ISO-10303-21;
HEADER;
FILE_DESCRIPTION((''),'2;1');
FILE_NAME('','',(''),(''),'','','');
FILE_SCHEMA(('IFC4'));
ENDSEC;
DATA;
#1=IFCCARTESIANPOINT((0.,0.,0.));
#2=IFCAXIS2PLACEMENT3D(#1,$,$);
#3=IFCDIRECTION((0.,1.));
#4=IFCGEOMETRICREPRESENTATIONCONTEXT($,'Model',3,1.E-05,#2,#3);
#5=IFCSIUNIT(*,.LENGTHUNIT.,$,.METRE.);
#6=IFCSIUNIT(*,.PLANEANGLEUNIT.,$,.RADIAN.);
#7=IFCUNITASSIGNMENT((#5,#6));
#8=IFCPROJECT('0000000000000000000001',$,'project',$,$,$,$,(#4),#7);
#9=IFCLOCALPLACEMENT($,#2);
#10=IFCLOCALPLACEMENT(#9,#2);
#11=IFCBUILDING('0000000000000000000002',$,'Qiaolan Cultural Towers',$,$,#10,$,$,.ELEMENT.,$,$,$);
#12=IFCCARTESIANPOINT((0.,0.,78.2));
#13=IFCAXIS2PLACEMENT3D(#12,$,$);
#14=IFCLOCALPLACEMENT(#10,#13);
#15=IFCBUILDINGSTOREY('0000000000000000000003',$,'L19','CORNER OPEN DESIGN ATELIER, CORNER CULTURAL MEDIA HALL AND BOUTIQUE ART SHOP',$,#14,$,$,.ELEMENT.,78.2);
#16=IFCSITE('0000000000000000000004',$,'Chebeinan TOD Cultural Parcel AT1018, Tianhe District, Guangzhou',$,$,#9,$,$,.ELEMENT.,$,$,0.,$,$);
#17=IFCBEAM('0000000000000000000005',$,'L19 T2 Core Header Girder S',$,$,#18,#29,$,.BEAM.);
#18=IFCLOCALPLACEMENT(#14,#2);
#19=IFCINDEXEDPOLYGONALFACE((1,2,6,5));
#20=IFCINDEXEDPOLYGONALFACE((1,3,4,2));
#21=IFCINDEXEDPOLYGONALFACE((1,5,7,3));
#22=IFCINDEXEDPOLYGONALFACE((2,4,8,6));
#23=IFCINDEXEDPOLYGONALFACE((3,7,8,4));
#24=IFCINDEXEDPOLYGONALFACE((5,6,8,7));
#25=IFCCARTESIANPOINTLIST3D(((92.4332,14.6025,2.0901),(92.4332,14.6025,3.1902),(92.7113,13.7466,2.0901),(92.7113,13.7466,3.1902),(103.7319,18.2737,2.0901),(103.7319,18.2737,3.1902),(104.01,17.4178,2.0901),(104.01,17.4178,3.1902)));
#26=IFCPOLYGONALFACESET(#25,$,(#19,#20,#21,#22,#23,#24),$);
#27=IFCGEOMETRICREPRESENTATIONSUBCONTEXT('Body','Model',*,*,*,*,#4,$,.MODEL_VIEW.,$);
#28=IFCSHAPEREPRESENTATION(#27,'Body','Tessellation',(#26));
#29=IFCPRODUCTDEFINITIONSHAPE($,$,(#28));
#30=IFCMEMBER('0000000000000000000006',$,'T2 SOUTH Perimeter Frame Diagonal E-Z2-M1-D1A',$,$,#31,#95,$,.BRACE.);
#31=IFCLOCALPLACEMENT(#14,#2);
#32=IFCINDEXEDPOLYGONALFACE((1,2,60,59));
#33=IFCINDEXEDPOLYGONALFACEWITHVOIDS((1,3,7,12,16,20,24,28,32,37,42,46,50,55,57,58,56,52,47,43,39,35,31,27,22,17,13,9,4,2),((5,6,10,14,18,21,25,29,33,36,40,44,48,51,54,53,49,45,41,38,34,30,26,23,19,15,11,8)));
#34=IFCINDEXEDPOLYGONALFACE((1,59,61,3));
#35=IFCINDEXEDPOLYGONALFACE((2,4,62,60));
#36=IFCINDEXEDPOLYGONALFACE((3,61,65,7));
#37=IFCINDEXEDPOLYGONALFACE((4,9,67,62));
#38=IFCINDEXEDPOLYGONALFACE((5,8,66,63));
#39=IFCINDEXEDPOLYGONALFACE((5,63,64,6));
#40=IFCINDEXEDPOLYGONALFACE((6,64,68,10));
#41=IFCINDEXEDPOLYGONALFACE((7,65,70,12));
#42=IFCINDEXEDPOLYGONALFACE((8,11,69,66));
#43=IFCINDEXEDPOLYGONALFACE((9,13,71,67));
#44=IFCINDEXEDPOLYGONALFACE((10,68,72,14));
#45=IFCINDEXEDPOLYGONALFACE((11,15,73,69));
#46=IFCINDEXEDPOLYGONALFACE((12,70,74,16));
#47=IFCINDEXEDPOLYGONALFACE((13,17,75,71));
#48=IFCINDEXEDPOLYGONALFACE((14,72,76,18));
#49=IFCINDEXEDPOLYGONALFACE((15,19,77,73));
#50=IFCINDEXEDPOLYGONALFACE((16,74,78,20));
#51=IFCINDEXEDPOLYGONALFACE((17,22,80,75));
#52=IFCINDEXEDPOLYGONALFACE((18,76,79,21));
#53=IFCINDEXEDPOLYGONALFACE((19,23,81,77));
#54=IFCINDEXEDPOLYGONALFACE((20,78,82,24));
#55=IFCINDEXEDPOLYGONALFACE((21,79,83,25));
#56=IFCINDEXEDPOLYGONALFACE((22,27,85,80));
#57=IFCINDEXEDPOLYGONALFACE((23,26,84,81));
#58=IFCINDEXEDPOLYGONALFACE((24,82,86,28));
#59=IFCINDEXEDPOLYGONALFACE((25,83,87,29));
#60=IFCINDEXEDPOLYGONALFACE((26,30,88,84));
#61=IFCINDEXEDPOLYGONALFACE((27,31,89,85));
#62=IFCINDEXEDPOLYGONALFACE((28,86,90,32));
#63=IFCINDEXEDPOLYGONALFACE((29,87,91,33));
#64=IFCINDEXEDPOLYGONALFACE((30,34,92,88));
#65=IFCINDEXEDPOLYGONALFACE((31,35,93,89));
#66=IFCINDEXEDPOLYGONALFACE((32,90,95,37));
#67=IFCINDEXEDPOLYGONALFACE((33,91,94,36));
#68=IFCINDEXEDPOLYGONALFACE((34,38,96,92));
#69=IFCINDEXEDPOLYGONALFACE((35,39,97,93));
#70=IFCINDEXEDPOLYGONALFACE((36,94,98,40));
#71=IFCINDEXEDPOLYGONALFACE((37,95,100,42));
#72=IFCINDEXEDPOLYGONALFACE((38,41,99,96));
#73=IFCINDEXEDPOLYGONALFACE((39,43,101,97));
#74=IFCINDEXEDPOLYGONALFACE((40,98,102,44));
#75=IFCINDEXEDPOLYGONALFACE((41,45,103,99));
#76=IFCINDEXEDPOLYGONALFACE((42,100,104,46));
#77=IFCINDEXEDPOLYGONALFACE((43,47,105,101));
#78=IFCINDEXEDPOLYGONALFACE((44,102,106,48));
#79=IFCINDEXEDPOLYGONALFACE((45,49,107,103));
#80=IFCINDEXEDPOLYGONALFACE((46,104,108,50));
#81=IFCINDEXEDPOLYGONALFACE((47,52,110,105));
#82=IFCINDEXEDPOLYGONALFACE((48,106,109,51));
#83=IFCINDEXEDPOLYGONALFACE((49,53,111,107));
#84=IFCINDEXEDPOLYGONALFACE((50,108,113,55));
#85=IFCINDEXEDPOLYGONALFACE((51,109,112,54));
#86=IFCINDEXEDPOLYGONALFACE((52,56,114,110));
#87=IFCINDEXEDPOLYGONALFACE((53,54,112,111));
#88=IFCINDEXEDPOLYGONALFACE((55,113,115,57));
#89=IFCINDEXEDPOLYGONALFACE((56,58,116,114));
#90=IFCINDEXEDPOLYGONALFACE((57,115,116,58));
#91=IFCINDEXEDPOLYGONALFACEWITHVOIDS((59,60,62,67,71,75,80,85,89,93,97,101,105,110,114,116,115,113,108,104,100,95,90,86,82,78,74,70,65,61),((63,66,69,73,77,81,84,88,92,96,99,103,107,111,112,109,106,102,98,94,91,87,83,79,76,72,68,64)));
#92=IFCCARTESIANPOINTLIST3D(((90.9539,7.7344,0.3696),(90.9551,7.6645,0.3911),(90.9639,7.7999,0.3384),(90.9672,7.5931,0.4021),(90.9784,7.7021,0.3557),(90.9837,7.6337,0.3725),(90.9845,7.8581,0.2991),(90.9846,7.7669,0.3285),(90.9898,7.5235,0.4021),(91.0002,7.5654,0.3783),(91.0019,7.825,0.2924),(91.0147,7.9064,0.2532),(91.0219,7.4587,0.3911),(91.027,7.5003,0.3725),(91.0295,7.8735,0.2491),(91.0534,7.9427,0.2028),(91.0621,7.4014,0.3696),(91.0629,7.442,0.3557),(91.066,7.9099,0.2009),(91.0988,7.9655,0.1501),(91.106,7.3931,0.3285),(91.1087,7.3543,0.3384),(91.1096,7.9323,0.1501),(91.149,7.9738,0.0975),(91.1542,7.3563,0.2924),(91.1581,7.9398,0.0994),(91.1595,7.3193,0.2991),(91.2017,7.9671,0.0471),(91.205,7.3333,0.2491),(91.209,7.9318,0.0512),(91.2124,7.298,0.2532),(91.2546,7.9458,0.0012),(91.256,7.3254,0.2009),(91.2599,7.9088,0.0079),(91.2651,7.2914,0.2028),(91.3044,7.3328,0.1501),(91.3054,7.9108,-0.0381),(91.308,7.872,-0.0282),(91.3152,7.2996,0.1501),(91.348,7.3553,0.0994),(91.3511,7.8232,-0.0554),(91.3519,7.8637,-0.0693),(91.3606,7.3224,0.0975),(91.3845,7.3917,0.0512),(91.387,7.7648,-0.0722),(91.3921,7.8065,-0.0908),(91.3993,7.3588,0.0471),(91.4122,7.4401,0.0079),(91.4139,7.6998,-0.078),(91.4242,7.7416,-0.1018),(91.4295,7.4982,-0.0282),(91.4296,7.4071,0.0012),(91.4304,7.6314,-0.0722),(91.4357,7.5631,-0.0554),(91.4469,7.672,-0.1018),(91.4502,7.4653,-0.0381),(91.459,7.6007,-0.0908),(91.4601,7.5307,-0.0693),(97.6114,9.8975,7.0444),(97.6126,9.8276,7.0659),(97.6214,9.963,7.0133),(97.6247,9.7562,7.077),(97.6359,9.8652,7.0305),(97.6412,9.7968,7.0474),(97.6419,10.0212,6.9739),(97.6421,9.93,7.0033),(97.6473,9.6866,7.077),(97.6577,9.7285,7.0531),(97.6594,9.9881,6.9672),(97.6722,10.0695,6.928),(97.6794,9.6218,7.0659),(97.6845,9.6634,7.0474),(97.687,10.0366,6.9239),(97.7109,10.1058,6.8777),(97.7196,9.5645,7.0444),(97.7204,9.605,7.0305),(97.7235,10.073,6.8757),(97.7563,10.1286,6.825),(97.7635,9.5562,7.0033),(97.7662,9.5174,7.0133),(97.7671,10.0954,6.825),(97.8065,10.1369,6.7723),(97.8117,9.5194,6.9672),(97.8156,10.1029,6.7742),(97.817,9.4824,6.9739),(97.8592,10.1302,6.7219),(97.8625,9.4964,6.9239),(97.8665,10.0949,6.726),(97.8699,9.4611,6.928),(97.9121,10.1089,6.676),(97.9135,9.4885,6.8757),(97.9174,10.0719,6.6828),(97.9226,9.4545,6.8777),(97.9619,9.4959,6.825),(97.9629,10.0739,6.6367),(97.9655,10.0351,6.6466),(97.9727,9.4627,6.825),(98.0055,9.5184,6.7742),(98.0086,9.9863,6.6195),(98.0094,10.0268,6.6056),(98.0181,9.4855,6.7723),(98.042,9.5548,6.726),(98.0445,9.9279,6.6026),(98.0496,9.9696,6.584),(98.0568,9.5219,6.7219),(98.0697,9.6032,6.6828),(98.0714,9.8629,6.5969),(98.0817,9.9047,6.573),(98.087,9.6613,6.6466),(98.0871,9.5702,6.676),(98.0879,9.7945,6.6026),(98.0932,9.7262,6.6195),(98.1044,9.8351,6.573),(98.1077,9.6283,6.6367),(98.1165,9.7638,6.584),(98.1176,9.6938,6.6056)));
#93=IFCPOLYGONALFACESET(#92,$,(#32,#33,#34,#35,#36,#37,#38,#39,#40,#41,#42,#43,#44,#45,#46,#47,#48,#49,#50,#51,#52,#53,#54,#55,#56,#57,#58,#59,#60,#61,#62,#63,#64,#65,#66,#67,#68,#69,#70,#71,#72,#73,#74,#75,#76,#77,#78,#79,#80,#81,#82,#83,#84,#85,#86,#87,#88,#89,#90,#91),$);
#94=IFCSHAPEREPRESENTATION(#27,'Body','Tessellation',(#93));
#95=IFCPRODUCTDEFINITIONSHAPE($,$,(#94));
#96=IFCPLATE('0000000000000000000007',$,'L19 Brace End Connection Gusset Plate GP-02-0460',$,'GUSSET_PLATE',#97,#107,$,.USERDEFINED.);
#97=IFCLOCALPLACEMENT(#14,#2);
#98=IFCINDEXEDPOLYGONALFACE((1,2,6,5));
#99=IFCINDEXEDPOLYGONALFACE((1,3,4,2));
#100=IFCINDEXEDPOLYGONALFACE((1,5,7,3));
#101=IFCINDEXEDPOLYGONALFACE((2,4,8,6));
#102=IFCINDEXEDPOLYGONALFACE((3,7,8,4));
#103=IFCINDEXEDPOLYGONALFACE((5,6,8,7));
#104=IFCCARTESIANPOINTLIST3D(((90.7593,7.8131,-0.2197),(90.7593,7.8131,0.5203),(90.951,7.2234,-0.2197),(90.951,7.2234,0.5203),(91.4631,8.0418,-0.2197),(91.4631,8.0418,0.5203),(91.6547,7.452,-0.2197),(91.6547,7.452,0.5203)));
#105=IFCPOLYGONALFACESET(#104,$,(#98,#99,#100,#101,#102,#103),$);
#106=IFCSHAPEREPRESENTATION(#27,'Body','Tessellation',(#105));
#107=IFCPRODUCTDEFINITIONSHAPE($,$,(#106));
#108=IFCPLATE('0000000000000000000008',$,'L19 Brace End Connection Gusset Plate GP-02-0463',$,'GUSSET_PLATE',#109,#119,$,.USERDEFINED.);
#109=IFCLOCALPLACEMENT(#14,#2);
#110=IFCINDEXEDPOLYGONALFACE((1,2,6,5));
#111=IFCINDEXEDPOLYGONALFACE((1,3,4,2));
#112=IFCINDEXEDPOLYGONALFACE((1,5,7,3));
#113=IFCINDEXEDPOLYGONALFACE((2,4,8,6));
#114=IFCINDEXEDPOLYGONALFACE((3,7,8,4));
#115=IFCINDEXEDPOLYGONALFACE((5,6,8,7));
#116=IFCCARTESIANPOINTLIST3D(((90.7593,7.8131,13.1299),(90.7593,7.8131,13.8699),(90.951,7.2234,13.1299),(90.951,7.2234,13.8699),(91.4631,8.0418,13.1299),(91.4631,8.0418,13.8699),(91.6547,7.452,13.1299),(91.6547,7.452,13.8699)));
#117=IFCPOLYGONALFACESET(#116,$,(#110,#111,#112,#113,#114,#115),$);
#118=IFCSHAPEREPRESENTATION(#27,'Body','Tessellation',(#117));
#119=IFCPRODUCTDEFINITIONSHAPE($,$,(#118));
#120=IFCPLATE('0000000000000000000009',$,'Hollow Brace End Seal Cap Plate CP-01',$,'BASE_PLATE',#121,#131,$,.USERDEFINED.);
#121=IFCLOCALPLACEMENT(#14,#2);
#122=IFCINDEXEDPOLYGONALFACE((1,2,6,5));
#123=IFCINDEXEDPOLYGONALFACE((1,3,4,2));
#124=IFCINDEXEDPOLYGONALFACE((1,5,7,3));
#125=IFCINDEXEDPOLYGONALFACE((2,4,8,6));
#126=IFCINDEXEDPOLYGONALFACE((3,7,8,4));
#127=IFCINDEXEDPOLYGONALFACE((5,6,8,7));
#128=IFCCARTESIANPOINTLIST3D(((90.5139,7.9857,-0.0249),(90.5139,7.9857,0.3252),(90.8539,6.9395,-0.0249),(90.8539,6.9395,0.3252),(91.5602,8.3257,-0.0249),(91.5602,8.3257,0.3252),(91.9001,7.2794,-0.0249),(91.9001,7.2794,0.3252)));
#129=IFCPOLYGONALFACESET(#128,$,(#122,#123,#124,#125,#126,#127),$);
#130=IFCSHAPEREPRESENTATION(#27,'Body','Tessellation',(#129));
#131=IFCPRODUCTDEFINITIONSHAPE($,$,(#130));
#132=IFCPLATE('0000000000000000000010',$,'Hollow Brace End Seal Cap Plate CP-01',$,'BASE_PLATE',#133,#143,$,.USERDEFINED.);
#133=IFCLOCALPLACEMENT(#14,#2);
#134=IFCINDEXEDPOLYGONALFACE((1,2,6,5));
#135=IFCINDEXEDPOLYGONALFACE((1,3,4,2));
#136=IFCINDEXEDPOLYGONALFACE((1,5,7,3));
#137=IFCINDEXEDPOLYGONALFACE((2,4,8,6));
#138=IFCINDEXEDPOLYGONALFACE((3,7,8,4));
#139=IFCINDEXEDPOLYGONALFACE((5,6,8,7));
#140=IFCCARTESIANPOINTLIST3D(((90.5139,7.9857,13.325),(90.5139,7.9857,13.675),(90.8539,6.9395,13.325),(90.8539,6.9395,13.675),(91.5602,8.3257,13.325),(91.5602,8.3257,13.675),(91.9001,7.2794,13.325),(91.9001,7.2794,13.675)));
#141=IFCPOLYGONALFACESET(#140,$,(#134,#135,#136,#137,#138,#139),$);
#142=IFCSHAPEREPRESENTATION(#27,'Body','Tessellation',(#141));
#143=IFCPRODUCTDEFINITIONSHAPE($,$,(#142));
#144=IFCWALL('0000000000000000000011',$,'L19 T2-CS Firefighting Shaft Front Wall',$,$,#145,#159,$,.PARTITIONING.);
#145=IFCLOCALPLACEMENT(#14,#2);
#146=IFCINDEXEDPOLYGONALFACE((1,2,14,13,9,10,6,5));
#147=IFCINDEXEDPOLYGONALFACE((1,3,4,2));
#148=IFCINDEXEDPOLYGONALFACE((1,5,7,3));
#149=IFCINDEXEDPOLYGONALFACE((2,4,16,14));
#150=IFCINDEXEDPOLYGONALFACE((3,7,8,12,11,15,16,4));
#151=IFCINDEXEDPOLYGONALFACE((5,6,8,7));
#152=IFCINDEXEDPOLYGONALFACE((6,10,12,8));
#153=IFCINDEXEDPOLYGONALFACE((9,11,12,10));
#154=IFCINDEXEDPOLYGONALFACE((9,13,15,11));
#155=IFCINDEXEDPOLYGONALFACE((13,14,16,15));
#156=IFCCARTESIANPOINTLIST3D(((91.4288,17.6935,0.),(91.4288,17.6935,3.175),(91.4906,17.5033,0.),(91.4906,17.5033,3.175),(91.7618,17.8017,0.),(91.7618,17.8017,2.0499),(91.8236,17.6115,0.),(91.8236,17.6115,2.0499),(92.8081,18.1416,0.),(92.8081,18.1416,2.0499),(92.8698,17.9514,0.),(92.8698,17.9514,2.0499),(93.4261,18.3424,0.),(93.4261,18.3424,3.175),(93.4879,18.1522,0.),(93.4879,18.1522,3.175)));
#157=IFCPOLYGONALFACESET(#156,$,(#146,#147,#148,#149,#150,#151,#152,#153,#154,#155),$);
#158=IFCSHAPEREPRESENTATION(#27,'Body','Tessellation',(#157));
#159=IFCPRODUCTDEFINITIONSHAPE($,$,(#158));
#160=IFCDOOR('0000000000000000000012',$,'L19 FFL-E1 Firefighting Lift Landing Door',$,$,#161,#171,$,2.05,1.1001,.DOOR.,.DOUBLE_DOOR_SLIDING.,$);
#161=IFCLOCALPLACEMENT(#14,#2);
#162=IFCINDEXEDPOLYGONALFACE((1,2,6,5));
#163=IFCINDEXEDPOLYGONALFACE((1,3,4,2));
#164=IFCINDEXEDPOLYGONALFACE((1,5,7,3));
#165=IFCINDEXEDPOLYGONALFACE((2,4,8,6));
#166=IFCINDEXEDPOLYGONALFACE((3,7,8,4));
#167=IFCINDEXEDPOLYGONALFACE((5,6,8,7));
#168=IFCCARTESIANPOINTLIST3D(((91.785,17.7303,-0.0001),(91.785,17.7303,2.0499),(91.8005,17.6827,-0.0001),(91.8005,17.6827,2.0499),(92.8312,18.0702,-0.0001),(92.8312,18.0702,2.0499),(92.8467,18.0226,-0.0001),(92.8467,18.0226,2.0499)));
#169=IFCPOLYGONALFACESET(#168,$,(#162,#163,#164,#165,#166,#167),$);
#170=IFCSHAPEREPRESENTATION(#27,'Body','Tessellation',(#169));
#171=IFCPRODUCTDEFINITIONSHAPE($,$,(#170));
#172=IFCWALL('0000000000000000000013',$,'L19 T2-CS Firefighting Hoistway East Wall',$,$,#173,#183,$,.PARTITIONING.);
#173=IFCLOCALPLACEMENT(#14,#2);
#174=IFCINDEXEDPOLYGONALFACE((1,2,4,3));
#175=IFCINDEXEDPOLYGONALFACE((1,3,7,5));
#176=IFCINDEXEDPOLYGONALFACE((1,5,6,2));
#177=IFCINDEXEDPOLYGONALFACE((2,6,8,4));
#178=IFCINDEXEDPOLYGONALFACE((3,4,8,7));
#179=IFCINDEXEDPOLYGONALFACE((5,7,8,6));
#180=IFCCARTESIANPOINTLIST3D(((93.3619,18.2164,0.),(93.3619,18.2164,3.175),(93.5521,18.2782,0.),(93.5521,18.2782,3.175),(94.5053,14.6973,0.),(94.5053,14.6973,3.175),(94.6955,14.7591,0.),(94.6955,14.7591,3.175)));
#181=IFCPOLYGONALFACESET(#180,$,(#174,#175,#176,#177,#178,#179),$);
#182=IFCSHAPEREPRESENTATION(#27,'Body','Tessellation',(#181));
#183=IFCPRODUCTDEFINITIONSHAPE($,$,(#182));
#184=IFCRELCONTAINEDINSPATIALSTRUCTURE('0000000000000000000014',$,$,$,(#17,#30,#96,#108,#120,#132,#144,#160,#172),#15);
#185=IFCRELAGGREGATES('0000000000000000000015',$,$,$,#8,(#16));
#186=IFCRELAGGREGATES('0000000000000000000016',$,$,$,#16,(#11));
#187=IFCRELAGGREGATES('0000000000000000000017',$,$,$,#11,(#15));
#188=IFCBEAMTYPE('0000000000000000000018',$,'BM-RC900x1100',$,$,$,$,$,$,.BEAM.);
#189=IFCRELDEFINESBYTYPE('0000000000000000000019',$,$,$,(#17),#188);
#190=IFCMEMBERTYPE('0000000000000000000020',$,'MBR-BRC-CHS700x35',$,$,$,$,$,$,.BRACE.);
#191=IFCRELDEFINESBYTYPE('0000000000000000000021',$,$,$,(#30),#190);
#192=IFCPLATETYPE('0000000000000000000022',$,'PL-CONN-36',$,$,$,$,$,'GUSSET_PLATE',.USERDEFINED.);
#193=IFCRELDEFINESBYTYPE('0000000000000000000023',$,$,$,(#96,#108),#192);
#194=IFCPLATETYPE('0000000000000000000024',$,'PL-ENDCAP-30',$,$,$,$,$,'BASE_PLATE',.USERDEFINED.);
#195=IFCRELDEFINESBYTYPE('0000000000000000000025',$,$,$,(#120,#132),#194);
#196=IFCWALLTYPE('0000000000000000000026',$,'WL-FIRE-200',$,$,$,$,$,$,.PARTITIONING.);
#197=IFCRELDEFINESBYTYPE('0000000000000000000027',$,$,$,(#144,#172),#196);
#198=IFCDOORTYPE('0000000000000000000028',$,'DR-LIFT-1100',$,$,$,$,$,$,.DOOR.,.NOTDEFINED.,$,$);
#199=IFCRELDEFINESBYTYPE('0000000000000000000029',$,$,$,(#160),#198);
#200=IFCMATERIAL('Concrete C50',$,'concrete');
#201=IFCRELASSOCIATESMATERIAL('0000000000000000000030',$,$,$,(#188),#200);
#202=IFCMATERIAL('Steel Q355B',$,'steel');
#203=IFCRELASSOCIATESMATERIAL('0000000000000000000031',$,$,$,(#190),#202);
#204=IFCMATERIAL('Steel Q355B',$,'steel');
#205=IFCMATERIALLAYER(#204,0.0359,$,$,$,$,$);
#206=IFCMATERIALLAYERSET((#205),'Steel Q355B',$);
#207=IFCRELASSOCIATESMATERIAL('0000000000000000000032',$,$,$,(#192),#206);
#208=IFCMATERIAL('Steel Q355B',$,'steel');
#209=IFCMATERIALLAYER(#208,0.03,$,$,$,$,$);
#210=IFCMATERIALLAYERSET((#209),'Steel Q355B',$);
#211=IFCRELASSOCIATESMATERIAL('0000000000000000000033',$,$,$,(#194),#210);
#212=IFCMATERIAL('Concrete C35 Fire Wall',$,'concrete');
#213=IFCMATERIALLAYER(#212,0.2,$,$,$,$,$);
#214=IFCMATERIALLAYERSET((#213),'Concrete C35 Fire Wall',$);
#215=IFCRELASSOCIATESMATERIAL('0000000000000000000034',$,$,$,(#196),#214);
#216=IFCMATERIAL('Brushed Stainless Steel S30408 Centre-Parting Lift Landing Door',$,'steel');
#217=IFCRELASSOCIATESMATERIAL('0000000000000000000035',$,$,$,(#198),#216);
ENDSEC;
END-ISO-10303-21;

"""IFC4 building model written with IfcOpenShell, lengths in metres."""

from ifc_helpers import new_model, si_unit, direction, frame, frame_2d, origin, origin_2d, place, context, subcontext, project, spatial, rectangle, hollow_circle, extrude, material, layer, layer_set, material_profile, profile_set, type_object, element, fill, save


model = new_model("IFC4")

# Units and contexts
model_context = context("Model", 3, precision=1e-05, world=origin(), true_north=direction((0.0, 1.0)))
body_context = subcontext(model_context, "Body", "Model", "MODEL_VIEW")
ifc_project = project(units=[si_unit("LENGTHUNIT", "METRE"), si_unit("PLANEANGLEUNIT", "RADIAN")], contexts=[model_context])

# Site, building, storey
site_placement = place(None, origin())
site = spatial("IfcSite", under=ifc_project, at=site_placement, Name="Chebeinan TOD Cultural Parcel AT1018, Tianhe District, Guangzhou", CompositionType="ELEMENT", RefElevation=0.0)
building_placement = place(site_placement, origin())
building = spatial("IfcBuilding", under=site, at=building_placement, Name="Qiaolan Cultural Towers", CompositionType="ELEMENT")
storey_placement = place(building_placement, frame((0.0, 0.0, 78.2)))
storey = spatial("IfcBuildingStorey", under=building, at=storey_placement, Name="L19", Description="CORNER OPEN DESIGN ATELIER, CORNER CULTURAL MEDIA HALL AND BOUTIQUE ART SHOP", CompositionType="ELEMENT", Elevation=78.2)

# Beam
ifc_material_1 = material(Name="Concrete C50", Category="concrete")
ifc_material_profile_1 = material_profile(ifc_material_1, rectangle(XDim=0.8999, YDim=1.1001, at=origin_2d()), Name="RC900x1100")
ifc_profile_set_1 = profile_set([ifc_material_profile_1], Name="Concrete C50")
beam_type = type_object("IfcBeamType", Name="BM-RC900x1100", PredefinedType="BEAM", material=ifc_profile_set_1)
beam_placement = place(storey_placement, frame((92.5723, 14.1746, 2.6401), z_axis=(0.951056, 0.309018, 0.0), x_axis=(-0.309018, 0.951056, 0.0)))
element("IfcBeam", 1, at=beam_placement, inside=storey, type_object=beam_type, Name="L19 T2 Core Header Girder S", PredefinedType="BEAM", context=body_context, shape_type="SweptSolid", body=[
    extrude(rectangle(XDim=0.8999, YDim=1.1001, at=origin_2d()), origin(), (0.0, 0.0, 1.0), 11.8801),
])

# Member
ifc_material_2 = material(Name="Steel Q355B", Category="steel")
ifc_material_profile_2 = material_profile(ifc_material_2, hollow_circle(Radius=0.3501, WallThickness=0.0349, at=origin_2d()), Name="CHS700x35")
ifc_profile_set_2 = profile_set([ifc_material_profile_2], Name="Steel Q355B")
member_type = type_object("IfcMemberType", Name="MBR-BRC-CHS700x35", PredefinedType="BRACE", material=ifc_profile_set_2)
member_placement = place(storey_placement, frame((91.207, 7.6326, 0.1501), z_axis=(0.688301, 0.223637, 0.690093), x_axis=(-0.30901, 0.951059, 0.0)))
element("IfcMember", 2, at=member_placement, inside=storey, type_object=member_type, Name="T2 SOUTH Perimeter Frame Diagonal E-Z2-M1-D1A", PredefinedType="BRACE", context=body_context, shape_type="SweptSolid", body=[
    extrude(hollow_circle(Radius=0.3501, WallThickness=0.0349, at=origin_2d()), origin(), (0.0, 0.0, 1.0), 9.6724),
])

# Plates
ifc_material_3 = material(Name="Steel Q355B", Category="steel")
ifc_layer_1 = layer(ifc_material_3, 0.0359)
ifc_layer_set_1 = layer_set([ifc_layer_1], Name="Steel Q355B")
plate_type_1 = type_object("IfcPlateType", Name="PL-CONN-36", ElementType="GUSSET_PLATE", PredefinedType="USERDEFINED", material=ifc_layer_set_1)
for number, where, z_axis, x_axis, name in (
    (3, (91.207, 7.6326, -0.2197), (0.0, 0.0, 1.0), (0.951057, 0.309017, 0.0), "L19 Brace End Connection Gusset Plate GP-02-0460"),
    (4, (91.207, 7.6326, 13.1299), (0.0, 0.0, 1.0), (0.951057, 0.309017, 0.0), "L19 Brace End Connection Gusset Plate GP-02-0463"),
):
    element("IfcPlate", number, at=place(storey_placement, frame(where, z_axis=z_axis, x_axis=x_axis)), inside=storey, type_object=plate_type_1, Name=name, ObjectType="GUSSET_PLATE", PredefinedType="USERDEFINED", context=body_context, shape_type="SweptSolid", body=[
        extrude(rectangle(XDim=0.74, YDim=0.6201, at=origin_2d()), origin(), (0.0, 0.0, 1.0), 0.74),
    ])
ifc_material_4 = material(Name="Steel Q355B", Category="steel")
ifc_layer_2 = layer(ifc_material_4, 0.03)
ifc_layer_set_2 = layer_set([ifc_layer_2], Name="Steel Q355B")
plate_type_2 = type_object("IfcPlateType", Name="PL-ENDCAP-30", ElementType="BASE_PLATE", PredefinedType="USERDEFINED", material=ifc_layer_set_2)
for number, where, z_axis, x_axis, name in (
    (5, (91.207, 7.6326, -0.0249), (0.0, 0.0, 1.0), (0.951057, 0.309017, 0.0), "Hollow Brace End Seal Cap Plate CP-01"),
    (6, (91.207, 7.6326, 13.325), (0.0, 0.0, 1.0), (0.951057, 0.309017, 0.0), "Hollow Brace End Seal Cap Plate CP-01"),
):
    element("IfcPlate", number, at=place(storey_placement, frame(where, z_axis=z_axis, x_axis=x_axis)), inside=storey, type_object=plate_type_2, Name=name, ObjectType="BASE_PLATE", PredefinedType="USERDEFINED", context=body_context, shape_type="SweptSolid", body=[
        extrude(rectangle(XDim=1.1001, YDim=1.1001, at=origin_2d()), origin(), (0.0, 0.0, 1.0), 0.3501),
    ])

# Wall, opening, door
ifc_material_5 = material(Name="Concrete C35 Fire Wall", Category="concrete")
ifc_layer_3 = layer(ifc_material_5, 0.2)
ifc_layer_set_3 = layer_set([ifc_layer_3], Name="Concrete C35 Fire Wall")
wall_type = type_object("IfcWallType", Name="WL-FIRE-200", PredefinedType="PARTITIONING", material=ifc_layer_set_3)
wall_1_placement = place(storey_placement, frame((91.4597, 17.5984, 0.0), z_axis=(0.0, 0.0, 1.0), x_axis=(0.951062, 0.308999, 0.0)))
wall_1 = element("IfcWall", 7, at=wall_1_placement, inside=storey, type_object=wall_type, Name="L19 T2-CS Firefighting Shaft Front Wall", PredefinedType="PARTITIONING", context=body_context, shape_type="SweptSolid", body=[
    extrude(rectangle(XDim=2.1001, YDim=0.2, at=frame_2d((1.05, 0.0))), origin(), (0.0, 0.0, 1.0), 3.175),
])
opening_placement = place(wall_1_placement, frame((0.3501, 0.0, 0.0)))
opening = element("IfcOpeningElement", 8, at=opening_placement, cuts=wall_1, PredefinedType="OPENING", context=body_context, shape_type="SweptSolid", body=[
    extrude(rectangle(XDim=1.1001, YDim=2.05, at=frame_2d((0.55, 1.0249))), frame((0.0, 0.1099, 0.0), z_axis=(0.0, -1.0, 0.0), x_axis=(1.0, 0.0, 0.0)), (0.0, 0.0, 1.0), 0.22),
])
ifc_material_6 = material(Name="Brushed Stainless Steel S30408 Centre-Parting Lift Landing Door", Category="steel")
door_type = type_object("IfcDoorType", Name="DR-LIFT-1100", OperationType="NOTDEFINED", PredefinedType="DOOR", material=ifc_material_6)
door_placement = place(opening_placement, origin())
door = element("IfcDoor", 9, at=door_placement, inside=storey, type_object=door_type, Name="L19 FFL-E1 Firefighting Lift Landing Door", OperationType="DOUBLE_DOOR_SLIDING", OverallHeight=2.05, OverallWidth=1.1001, PredefinedType="DOOR", context=body_context, shape_type="SweptSolid", body=[
    extrude(rectangle(XDim=1.1001, YDim=2.05, at=frame_2d((0.55, 1.0249))), frame((0.0, 0.0249, 0.0), z_axis=(0.0, -1.0, 0.0), x_axis=(1.0, 0.0, 0.0)), (0.0, 0.0, 1.0), 0.05),
])
fill(opening, door)

# Wall
wall_2_placement = place(storey_placement, frame((93.457, 18.2473, 0.0), z_axis=(0.0, 0.0, 1.0), x_axis=(0.308994, -0.951064, 0.0)))
element("IfcWall", 10, at=wall_2_placement, inside=storey, type_object=wall_type, Name="L19 T2-CS Firefighting Hoistway East Wall", PredefinedType="PARTITIONING", context=body_context, shape_type="SweptSolid", body=[
    extrude(rectangle(XDim=3.7002, YDim=0.2, at=frame_2d((1.8501, 0.0))), origin(), (0.0, 0.0, 1.0), 3.175),
])

save(model, "model.ifc")
